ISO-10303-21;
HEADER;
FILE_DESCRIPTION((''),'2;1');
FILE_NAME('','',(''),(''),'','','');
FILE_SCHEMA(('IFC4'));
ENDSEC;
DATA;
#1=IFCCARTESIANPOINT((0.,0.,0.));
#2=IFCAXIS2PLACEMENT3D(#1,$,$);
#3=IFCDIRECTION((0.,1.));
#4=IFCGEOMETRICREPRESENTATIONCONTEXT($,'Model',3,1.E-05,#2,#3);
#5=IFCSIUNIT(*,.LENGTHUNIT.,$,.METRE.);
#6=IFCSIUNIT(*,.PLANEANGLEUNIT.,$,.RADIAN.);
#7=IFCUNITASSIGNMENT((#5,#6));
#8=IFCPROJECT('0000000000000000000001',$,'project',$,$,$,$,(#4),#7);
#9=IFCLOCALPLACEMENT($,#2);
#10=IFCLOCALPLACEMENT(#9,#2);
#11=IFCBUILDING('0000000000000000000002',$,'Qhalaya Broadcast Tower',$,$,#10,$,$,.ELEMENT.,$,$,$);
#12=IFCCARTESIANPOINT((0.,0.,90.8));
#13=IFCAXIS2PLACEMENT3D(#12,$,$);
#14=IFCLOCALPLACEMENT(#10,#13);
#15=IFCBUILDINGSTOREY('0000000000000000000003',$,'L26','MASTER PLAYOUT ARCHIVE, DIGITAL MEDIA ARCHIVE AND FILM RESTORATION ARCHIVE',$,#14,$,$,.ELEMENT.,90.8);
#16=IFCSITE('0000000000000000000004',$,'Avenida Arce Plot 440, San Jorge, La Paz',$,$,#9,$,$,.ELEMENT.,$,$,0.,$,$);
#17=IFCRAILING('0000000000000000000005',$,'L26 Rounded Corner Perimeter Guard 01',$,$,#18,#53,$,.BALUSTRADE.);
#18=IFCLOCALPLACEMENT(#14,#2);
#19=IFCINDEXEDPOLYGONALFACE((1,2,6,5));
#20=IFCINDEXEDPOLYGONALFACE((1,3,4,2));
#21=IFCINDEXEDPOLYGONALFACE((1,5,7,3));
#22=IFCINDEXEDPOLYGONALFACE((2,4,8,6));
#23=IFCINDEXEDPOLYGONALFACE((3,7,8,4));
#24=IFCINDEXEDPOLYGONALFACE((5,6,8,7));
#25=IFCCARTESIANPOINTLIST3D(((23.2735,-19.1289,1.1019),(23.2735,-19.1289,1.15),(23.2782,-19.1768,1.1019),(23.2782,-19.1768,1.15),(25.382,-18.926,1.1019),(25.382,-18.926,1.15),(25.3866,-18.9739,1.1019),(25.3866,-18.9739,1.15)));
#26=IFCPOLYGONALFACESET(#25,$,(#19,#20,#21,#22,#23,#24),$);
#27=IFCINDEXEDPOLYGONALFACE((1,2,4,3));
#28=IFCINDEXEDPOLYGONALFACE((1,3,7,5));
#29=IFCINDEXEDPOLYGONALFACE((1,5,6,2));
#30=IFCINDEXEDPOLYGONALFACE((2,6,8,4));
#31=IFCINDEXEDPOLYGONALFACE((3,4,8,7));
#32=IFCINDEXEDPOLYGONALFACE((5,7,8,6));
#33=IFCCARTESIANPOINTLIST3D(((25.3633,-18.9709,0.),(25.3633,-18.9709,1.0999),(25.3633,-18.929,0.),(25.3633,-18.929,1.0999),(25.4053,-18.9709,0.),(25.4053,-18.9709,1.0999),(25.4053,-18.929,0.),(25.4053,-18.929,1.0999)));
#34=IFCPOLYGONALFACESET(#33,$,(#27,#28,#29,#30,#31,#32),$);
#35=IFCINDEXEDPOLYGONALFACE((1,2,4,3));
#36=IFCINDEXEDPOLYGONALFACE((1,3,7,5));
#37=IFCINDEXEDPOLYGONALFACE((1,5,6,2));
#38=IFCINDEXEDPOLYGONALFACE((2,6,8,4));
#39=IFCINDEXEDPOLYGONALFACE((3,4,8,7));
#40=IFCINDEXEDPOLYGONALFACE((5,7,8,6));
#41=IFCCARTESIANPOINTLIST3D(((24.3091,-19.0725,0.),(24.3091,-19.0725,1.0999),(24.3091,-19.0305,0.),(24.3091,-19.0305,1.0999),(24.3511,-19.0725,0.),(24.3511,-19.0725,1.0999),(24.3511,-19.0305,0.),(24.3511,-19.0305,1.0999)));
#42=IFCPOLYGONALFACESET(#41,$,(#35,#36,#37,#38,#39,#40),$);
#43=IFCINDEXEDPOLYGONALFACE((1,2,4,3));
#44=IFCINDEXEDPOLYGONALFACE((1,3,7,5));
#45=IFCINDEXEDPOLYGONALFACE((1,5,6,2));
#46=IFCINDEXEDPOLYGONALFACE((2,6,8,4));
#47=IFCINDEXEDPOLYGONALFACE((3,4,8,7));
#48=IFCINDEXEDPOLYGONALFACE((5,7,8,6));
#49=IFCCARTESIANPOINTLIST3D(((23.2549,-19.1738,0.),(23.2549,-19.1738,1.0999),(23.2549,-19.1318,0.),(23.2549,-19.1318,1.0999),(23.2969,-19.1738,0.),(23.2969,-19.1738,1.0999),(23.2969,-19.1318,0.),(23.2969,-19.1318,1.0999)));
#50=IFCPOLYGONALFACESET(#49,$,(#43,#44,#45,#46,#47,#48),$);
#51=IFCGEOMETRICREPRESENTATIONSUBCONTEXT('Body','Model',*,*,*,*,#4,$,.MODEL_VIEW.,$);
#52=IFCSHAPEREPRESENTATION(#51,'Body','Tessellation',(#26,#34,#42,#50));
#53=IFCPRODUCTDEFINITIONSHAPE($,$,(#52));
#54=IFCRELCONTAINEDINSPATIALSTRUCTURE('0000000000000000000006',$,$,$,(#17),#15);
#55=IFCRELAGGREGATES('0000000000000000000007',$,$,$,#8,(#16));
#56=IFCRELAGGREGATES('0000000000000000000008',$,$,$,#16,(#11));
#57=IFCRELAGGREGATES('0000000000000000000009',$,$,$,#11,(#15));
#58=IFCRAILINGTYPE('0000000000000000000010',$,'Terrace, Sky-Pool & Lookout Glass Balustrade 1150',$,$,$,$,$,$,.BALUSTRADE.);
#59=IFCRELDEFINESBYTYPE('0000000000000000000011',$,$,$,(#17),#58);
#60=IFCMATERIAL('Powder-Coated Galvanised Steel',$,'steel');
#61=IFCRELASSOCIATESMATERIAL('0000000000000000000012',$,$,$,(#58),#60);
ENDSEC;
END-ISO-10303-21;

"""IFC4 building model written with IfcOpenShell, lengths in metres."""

from ifc_helpers import new_model, si_unit, direction, frame, origin, origin_2d, place, context, subcontext, project, spatial, rectangle, extrude, material, type_object, element, save


model = new_model("IFC4")

# Units and contexts
model_context = context("Model", 3, precision=1e-05, world=origin(), true_north=direction((0.0, 1.0)))
body_context = subcontext(model_context, "Body", "Model", "MODEL_VIEW")
ifc_project = project(units=[si_unit("LENGTHUNIT", "METRE"), si_unit("PLANEANGLEUNIT", "RADIAN")], contexts=[model_context])

# Site, building, storey
site_placement = place(None, origin())
site = spatial("IfcSite", under=ifc_project, at=site_placement, Name="Avenida Arce Plot 440, San Jorge, La Paz", CompositionType="ELEMENT", RefElevation=0.0)
building_placement = place(site_placement, origin())
building = spatial("IfcBuilding", under=site, at=building_placement, Name="Qhalaya Broadcast Tower", CompositionType="ELEMENT")
storey_placement = place(building_placement, frame((0.0, 0.0, 90.8)))
storey = spatial("IfcBuildingStorey", under=building, at=storey_placement, Name="L26", Description="MASTER PLAYOUT ARCHIVE, DIGITAL MEDIA ARCHIVE AND FILM RESTORATION ARCHIVE", CompositionType="ELEMENT", Elevation=90.8)

# Railing
ifc_material_1 = material(Name="Powder-Coated Galvanised Steel", Category="steel")
railing_type = type_object("IfcRailingType", Name="Terrace, Sky-Pool & Lookout Glass Balustrade 1150", PredefinedType="BALUSTRADE", material=ifc_material_1)
railing_placement = place(storey_placement, frame((25.3843, -18.95, 0.0)))
element("IfcRailing", 1, at=railing_placement, inside=storey, type_object=railing_type, Name="L26 Rounded Corner Perimeter Guard 01", PredefinedType="BALUSTRADE", context=body_context, shape_type="SweptSolid", body=[
    extrude(rectangle(XDim=0.0481, YDim=0.0481, at=origin_2d()), frame((0.0, 0.0, 1.126), z_axis=(-0.995402, -0.095783, 0.0), x_axis=(0.095783, -0.995402, 0.0)), (0.0, 0.0, 1.0), 2.1182),
    extrude(rectangle(XDim=0.042, YDim=0.042, at=origin_2d()), origin(), (0.0, 0.0, 1.0), 1.0999),
    extrude(rectangle(XDim=0.042, YDim=0.042, at=origin_2d()), frame((-1.0542, -0.1016, 0.0)), (0.0, 0.0, 1.0), 1.0999),
    extrude(rectangle(XDim=0.042, YDim=0.042, at=origin_2d()), frame((-2.1084, -0.2029, 0.0)), (0.0, 0.0, 1.0), 1.0999),
])

save(model, "model.ifc")
